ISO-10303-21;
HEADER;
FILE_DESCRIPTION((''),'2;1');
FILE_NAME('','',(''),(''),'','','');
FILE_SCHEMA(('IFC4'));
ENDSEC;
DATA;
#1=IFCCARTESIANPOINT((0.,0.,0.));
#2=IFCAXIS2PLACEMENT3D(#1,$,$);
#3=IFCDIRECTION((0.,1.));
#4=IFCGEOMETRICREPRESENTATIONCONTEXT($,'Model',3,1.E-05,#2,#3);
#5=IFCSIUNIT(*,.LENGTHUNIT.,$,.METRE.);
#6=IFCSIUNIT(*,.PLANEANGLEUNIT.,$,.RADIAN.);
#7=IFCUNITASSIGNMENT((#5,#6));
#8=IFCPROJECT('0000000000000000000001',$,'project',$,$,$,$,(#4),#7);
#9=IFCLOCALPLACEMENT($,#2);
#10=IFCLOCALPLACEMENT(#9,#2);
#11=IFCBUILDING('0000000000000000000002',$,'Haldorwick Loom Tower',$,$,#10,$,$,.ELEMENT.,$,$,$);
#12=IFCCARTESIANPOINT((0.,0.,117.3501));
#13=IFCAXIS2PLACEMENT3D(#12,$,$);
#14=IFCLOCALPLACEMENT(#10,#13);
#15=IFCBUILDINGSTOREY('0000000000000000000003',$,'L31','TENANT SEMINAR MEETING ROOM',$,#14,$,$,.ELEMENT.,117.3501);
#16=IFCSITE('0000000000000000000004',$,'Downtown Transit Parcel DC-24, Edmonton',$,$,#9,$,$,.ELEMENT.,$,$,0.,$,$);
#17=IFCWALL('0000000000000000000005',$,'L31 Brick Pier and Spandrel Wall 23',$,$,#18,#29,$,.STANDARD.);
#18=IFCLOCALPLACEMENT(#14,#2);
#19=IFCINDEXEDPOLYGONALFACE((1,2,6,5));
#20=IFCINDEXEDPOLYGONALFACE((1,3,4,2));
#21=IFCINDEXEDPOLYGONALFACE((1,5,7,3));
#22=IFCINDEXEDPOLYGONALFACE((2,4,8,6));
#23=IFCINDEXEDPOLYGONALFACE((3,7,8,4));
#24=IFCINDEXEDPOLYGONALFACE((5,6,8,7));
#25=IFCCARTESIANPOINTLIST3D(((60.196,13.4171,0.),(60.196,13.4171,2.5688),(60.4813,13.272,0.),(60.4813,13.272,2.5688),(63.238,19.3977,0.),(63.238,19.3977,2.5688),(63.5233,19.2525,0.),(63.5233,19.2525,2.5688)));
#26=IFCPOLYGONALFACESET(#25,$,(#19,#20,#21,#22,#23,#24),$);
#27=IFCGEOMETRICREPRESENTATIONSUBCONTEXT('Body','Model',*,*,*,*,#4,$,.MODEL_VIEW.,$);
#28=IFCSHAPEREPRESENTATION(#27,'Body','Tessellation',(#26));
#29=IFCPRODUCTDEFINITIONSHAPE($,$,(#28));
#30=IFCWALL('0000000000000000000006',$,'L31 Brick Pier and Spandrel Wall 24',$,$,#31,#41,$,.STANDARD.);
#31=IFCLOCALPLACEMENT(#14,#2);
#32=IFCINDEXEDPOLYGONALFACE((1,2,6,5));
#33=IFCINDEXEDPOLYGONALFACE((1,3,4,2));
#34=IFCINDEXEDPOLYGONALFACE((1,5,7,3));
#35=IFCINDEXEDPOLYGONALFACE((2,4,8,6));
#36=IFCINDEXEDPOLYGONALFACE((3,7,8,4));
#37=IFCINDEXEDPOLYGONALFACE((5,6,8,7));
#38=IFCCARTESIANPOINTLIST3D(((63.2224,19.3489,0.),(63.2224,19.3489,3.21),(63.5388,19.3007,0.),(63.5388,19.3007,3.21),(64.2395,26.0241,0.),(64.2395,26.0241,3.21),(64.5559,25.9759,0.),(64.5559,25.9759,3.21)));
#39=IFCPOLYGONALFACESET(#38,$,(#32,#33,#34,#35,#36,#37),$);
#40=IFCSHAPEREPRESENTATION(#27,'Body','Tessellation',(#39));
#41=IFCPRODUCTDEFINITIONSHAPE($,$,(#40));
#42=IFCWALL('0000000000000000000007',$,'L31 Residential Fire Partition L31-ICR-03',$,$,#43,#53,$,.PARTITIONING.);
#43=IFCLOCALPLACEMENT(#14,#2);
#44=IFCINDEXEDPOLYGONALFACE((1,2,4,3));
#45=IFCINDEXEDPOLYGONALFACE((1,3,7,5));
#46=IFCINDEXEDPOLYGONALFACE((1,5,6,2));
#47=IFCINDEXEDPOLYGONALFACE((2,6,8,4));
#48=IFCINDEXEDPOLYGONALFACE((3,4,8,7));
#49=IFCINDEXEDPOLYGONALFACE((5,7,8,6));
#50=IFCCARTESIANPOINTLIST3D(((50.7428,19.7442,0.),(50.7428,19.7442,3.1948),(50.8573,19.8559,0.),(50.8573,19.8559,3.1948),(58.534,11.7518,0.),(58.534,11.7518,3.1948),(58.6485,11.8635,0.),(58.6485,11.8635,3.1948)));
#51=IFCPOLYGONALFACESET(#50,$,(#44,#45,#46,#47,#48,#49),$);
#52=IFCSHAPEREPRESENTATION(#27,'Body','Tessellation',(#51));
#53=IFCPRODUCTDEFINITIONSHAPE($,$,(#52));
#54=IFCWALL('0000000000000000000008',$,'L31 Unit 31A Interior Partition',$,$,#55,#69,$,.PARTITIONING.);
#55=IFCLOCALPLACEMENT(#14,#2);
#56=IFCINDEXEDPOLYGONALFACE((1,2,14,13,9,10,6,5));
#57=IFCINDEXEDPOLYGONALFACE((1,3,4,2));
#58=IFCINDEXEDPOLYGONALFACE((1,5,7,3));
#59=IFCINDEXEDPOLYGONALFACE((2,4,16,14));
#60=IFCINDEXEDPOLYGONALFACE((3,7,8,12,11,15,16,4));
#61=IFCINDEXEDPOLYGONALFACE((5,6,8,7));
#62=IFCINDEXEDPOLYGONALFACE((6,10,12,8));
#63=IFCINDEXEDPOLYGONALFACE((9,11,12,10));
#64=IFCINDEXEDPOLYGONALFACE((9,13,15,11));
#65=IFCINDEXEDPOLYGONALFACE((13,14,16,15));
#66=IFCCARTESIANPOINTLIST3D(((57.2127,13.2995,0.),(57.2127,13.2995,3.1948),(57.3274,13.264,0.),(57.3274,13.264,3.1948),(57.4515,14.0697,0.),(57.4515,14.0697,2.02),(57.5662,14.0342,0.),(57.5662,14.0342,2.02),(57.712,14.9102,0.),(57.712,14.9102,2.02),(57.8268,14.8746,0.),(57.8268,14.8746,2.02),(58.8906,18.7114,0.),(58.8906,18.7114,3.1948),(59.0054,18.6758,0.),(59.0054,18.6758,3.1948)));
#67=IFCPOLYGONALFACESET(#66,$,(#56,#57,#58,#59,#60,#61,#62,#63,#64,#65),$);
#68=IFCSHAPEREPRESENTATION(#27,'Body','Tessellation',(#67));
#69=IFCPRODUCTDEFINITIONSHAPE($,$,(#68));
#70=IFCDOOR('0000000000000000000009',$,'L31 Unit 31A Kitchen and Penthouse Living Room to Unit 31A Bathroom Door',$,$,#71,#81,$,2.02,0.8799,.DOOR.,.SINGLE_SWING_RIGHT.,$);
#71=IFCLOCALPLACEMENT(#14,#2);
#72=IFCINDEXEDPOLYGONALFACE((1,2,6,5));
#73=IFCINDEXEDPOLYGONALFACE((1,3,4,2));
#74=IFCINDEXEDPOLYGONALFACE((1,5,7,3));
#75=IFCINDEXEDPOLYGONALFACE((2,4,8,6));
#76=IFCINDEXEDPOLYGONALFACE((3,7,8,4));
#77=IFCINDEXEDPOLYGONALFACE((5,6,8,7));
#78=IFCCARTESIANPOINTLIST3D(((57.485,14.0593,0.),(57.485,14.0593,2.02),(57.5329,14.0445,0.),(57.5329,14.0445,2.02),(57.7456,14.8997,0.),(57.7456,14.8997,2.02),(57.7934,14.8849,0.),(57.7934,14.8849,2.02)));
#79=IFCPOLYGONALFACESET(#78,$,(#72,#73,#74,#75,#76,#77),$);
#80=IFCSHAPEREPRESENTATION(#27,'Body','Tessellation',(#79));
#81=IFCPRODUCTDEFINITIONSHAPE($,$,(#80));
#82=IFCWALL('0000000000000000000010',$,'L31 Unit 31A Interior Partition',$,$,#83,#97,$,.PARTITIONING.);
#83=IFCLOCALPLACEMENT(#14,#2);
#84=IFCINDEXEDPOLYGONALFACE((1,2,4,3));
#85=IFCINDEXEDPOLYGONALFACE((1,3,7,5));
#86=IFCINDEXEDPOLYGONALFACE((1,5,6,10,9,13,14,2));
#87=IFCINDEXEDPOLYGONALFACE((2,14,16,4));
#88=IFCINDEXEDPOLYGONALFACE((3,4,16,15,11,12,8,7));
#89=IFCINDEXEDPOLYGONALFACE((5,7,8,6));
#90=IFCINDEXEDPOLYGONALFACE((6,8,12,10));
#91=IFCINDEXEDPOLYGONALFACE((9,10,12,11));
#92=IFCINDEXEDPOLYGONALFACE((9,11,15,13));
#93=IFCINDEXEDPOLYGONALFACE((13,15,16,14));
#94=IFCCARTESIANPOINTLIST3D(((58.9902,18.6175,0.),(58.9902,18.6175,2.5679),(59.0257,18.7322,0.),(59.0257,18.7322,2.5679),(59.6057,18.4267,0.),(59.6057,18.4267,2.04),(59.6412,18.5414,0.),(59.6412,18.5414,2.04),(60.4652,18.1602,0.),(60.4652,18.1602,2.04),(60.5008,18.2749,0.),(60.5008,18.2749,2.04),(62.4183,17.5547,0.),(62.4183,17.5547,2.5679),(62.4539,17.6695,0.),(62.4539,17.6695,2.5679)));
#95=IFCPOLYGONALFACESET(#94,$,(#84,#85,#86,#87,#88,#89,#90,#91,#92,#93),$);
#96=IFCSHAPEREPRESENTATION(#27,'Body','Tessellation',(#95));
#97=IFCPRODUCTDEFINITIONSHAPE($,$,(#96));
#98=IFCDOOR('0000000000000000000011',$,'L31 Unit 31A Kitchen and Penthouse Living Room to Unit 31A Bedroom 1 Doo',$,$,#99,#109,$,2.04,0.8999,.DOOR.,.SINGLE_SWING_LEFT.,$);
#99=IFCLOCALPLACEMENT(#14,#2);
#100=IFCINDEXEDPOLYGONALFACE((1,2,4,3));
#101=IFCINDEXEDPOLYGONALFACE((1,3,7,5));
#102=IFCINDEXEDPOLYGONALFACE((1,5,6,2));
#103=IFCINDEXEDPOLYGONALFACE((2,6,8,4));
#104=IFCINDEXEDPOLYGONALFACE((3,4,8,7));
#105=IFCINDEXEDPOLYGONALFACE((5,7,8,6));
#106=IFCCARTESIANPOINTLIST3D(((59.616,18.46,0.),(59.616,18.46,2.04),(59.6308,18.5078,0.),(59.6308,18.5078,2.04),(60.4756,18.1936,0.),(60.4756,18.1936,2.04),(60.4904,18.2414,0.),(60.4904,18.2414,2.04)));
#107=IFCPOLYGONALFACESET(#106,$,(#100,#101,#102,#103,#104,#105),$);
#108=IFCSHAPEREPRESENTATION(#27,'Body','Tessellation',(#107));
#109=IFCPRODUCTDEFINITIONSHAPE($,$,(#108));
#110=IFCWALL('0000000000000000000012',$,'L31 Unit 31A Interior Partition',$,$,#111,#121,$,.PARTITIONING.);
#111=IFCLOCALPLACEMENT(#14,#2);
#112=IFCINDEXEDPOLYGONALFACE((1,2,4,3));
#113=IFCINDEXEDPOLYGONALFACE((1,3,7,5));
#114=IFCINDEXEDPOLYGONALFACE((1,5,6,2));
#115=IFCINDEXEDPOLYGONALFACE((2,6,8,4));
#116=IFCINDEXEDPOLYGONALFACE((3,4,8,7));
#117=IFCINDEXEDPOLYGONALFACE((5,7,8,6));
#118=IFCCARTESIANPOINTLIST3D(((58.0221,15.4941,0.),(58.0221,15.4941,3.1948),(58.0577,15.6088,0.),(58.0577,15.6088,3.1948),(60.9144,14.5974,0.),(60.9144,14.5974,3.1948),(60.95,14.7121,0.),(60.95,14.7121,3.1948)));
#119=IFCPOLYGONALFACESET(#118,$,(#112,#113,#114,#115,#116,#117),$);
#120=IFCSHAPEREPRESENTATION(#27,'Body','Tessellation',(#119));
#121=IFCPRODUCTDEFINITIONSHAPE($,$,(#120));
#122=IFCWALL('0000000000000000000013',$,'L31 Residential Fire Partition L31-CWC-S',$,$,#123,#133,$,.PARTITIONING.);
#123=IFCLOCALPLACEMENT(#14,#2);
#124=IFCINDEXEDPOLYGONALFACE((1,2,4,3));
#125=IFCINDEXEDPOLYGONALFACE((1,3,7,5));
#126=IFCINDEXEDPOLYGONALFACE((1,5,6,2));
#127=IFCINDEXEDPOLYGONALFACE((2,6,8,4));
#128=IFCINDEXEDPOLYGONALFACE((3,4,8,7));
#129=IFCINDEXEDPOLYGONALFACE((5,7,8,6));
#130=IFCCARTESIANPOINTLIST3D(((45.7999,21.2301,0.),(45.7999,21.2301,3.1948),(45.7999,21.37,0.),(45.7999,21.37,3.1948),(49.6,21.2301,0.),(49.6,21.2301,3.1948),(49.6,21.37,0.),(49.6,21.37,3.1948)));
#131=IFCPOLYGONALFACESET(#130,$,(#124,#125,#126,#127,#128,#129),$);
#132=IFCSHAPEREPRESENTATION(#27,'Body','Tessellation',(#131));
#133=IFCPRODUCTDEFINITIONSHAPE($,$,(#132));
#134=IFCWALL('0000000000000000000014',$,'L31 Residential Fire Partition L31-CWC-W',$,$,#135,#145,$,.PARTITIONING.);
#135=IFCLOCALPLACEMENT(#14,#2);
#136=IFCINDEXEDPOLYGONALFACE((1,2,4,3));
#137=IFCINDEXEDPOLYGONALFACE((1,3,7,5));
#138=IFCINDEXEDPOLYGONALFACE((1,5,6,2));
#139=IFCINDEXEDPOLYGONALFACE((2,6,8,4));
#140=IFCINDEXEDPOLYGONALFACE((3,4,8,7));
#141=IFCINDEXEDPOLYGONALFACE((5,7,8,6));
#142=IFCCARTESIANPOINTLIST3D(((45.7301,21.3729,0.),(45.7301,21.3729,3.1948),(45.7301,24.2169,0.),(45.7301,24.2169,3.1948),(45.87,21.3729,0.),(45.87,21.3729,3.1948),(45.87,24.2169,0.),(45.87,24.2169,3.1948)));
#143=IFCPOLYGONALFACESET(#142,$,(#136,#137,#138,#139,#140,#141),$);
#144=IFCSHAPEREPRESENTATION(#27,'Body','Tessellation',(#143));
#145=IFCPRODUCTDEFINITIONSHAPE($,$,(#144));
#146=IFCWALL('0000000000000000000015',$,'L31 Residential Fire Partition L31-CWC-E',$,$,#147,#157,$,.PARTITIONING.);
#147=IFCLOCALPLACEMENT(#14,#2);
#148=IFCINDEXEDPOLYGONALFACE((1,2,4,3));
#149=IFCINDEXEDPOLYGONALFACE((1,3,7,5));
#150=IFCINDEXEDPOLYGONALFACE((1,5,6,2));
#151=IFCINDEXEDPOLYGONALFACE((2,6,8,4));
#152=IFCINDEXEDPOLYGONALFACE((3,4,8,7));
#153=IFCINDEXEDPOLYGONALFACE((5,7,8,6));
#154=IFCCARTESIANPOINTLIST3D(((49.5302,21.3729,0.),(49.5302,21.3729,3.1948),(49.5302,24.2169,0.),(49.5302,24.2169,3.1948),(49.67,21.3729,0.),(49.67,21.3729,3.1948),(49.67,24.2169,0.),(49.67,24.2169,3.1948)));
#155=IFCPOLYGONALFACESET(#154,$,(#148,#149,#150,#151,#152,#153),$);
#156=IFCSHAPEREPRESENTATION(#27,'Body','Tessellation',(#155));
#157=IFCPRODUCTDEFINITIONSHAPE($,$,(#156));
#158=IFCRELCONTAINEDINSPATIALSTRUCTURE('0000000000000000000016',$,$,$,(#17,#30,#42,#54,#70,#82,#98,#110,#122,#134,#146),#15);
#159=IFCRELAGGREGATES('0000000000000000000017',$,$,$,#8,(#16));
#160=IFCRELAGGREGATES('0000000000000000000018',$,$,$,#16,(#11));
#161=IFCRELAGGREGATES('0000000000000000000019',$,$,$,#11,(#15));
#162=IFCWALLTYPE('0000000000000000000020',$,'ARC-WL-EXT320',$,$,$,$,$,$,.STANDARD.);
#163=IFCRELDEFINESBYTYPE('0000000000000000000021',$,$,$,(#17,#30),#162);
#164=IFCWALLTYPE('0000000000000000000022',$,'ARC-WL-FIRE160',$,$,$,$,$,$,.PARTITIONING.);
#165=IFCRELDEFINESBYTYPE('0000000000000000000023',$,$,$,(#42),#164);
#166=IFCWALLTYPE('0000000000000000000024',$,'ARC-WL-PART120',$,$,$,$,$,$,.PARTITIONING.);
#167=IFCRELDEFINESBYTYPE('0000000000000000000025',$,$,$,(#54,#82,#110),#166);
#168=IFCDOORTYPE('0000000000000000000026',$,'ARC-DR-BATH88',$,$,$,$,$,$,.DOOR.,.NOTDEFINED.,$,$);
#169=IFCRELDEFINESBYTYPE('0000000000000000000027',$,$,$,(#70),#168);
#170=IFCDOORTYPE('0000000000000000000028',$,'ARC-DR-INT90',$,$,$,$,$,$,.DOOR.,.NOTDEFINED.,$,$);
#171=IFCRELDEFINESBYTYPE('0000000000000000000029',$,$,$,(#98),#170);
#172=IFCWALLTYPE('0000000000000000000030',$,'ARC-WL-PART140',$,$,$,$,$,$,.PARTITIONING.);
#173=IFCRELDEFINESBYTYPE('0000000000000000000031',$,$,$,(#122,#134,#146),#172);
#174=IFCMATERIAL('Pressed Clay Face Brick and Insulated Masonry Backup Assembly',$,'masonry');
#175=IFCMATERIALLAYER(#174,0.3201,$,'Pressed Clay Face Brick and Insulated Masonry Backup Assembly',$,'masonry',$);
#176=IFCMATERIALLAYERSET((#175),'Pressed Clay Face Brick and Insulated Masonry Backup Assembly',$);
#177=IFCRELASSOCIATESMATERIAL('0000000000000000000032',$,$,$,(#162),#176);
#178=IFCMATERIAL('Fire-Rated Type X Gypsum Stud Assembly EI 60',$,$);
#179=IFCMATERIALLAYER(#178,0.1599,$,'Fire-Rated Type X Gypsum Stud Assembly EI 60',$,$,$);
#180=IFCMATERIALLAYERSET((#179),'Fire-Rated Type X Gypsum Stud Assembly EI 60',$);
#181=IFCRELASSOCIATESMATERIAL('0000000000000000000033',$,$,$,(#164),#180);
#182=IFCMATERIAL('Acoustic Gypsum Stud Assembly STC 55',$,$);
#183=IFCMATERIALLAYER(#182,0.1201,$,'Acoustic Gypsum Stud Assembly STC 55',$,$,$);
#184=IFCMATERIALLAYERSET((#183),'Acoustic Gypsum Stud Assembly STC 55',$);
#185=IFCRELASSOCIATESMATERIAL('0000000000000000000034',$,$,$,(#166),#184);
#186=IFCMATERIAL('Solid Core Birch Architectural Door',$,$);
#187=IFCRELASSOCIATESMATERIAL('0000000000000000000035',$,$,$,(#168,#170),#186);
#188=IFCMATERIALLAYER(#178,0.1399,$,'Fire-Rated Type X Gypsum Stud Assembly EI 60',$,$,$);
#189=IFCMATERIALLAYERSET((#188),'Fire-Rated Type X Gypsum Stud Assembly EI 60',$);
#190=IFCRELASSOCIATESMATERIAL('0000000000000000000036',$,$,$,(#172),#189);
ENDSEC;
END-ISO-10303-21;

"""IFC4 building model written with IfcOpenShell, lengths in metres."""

from ifc_helpers import new_model, si_unit, direction, frame, frame_2d, origin, place, context, subcontext, project, spatial, rectangle, extrude, material, layer, layer_set, type_object, element, fill, save


model = new_model("IFC4")

# Units and contexts
model_context = context("Model", 3, precision=1e-05, world=origin(), true_north=direction((0.0, 1.0)))
body_context = subcontext(model_context, "Body", "Model", "MODEL_VIEW")
ifc_project = project(units=[si_unit("LENGTHUNIT", "METRE"), si_unit("PLANEANGLEUNIT", "RADIAN")], contexts=[model_context])

# Site, building, storey
site_placement = place(None, origin())
site = spatial("IfcSite", under=ifc_project, at=site_placement, Name="Downtown Transit Parcel DC-24, Edmonton", CompositionType="ELEMENT", RefElevation=0.0)
building_placement = place(site_placement, origin())
building = spatial("IfcBuilding", under=site, at=building_placement, Name="Haldorwick Loom Tower", CompositionType="ELEMENT")
storey_placement = place(building_placement, frame((0.0, 0.0, 117.3501)))
storey = spatial("IfcBuildingStorey", under=building, at=storey_placement, Name="L31", Description="TENANT SEMINAR MEETING ROOM", CompositionType="ELEMENT", Elevation=117.3501)

# Shared definitions
ifc_material_1 = material(Name="Pressed Clay Face Brick and Insulated Masonry Backup Assembly", Category="masonry")
ifc_layer_1 = layer(ifc_material_1, 0.3201, Name="Pressed Clay Face Brick and Insulated Masonry Backup Assembly", Category="masonry")
ifc_layer_set_1 = layer_set([ifc_layer_1], Name="Pressed Clay Face Brick and Insulated Masonry Backup Assembly")
wall_type_1 = type_object("IfcWallType", Name="ARC-WL-EXT320", PredefinedType="STANDARD", material=ifc_layer_set_1)

# Walls
wall_1_placement = place(storey_placement, frame((60.3386, 13.3445, 0.0), z_axis=(0.0, 0.0, 1.0), x_axis=(0.453374, 0.89132, 0.0)))
element("IfcWall", 1, at=wall_1_placement, inside=storey, type_object=wall_type_1, Name="L31 Brick Pier and Spandrel Wall 23", PredefinedType="STANDARD", context=body_context, shape_type="SweptSolid", body=[
    extrude(rectangle(XDim=6.7097, YDim=0.3201, at=frame_2d((3.355, 0.0))), origin(), (0.0, 0.0, 1.0), 2.5688),
])
wall_2_placement = place(storey_placement, frame((63.3806, 19.325, 0.0), z_axis=(0.0, 0.0, 1.0), x_axis=(0.150633, 0.98859, 0.0)))
element("IfcWall", 2, at=wall_2_placement, inside=storey, type_object=wall_type_1, Name="L31 Brick Pier and Spandrel Wall 24", PredefinedType="STANDARD", context=body_context, shape_type="SweptSolid", body=[
    extrude(rectangle(XDim=6.7522, YDim=0.3201, at=frame_2d((3.376, 0.0))), origin(), (0.0, 0.0, 1.0), 3.21),
])
ifc_material_2 = material(Name="Fire-Rated Type X Gypsum Stud Assembly EI 60")
ifc_layer_2 = layer(ifc_material_2, 0.1599, Name="Fire-Rated Type X Gypsum Stud Assembly EI 60")
ifc_layer_set_2 = layer_set([ifc_layer_2], Name="Fire-Rated Type X Gypsum Stud Assembly EI 60")
wall_type_2 = type_object("IfcWallType", Name="ARC-WL-FIRE160", PredefinedType="PARTITIONING", material=ifc_layer_set_2)
wall_3_placement = place(storey_placement, frame((50.8, 19.8, 0.0), z_axis=(0.0, 0.0, 1.0), x_axis=(0.698038, -0.716061, 0.0)))
element("IfcWall", 3, at=wall_3_placement, inside=storey, type_object=wall_type_2, Name="L31 Residential Fire Partition L31-ICR-03", PredefinedType="PARTITIONING", context=body_context, shape_type="SweptSolid", body=[
    extrude(rectangle(XDim=11.1616, YDim=0.1599, at=frame_2d((5.5808, 0.0))), origin(), (0.0, 0.0, 1.0), 3.1948),
])

# Walls, openings, doors
ifc_material_3 = material(Name="Acoustic Gypsum Stud Assembly STC 55")
ifc_layer_3 = layer(ifc_material_3, 0.1201, Name="Acoustic Gypsum Stud Assembly STC 55")
ifc_layer_set_3 = layer_set([ifc_layer_3], Name="Acoustic Gypsum Stud Assembly STC 55")
wall_type_3 = type_object("IfcWallType", Name="ARC-WL-PART120", PredefinedType="PARTITIONING", material=ifc_layer_set_3)
wall_4_placement = place(storey_placement, frame((57.27, 13.2817, 0.0), z_axis=(0.0, 0.0, 1.0), x_axis=(0.296147, 0.955142, 0.0)))
wall_4 = element("IfcWall", 4, at=wall_4_placement, inside=storey, type_object=wall_type_3, Name="L31 Unit 31A Interior Partition", PredefinedType="PARTITIONING", context=body_context, shape_type="SweptSolid", body=[
    extrude(rectangle(XDim=5.666, YDim=0.1201, at=frame_2d((2.833, 0.0))), origin(), (0.0, 0.0, 1.0), 3.1948),
])
opening_1_placement = place(wall_4_placement, frame((0.8064, 0.0, 0.0)))
opening_1 = element("IfcOpeningElement", 5, at=opening_1_placement, cuts=wall_4, PredefinedType="OPENING", context=body_context, shape_type="SweptSolid", body=[
    extrude(rectangle(XDim=0.8799, YDim=2.02, at=frame_2d((0.4399, 1.01))), frame((0.0, 0.0701, 0.0), z_axis=(0.0, -1.0, 0.0), x_axis=(1.0, 0.0, 0.0)), (0.0, 0.0, 1.0), 0.1401),
])
ifc_material_4 = material(Name="Solid Core Birch Architectural Door")
door_type_1 = type_object("IfcDoorType", Name="ARC-DR-BATH88", OperationType="NOTDEFINED", PredefinedType="DOOR", material=ifc_material_4)
door_1_placement = place(opening_1_placement, origin())
door_1 = element("IfcDoor", 6, at=door_1_placement, inside=storey, type_object=door_type_1, Name="L31 Unit 31A Kitchen and Penthouse Living Room to Unit 31A Bathroom Door", OperationType="SINGLE_SWING_RIGHT", OverallHeight=2.02, OverallWidth=0.8799, PredefinedType="DOOR", context=body_context, shape_type="SweptSolid", body=[
    extrude(rectangle(XDim=0.8799, YDim=2.02, at=frame_2d((0.4399, 1.01))), frame((0.0, 0.0249, 0.0), z_axis=(0.0, -1.0, 0.0), x_axis=(1.0, 0.0, 0.0)), (0.0, 0.0, 1.0), 0.05),
])
fill(opening_1, door_1)
wall_5_placement = place(storey_placement, frame((59.0081, 18.6748, 0.0), z_axis=(0.0, 0.0, 1.0), x_axis=(0.955158, -0.296098, 0.0)))
wall_5 = element("IfcWall", 7, at=wall_5_placement, inside=storey, type_object=wall_type_3, Name="L31 Unit 31A Interior Partition", PredefinedType="PARTITIONING", context=body_context, shape_type="SweptSolid", body=[
    extrude(rectangle(XDim=3.5891, YDim=0.1201, at=frame_2d((1.7944, 0.0))), origin(), (0.0, 0.0, 1.0), 2.5679),
])
opening_2_placement = place(wall_5_placement, frame((0.6443, 0.0, 0.0)))
opening_2 = element("IfcOpeningElement", 8, at=opening_2_placement, cuts=wall_5, PredefinedType="OPENING", context=body_context, shape_type="SweptSolid", body=[
    extrude(rectangle(XDim=0.8999, YDim=2.04, at=frame_2d((0.45, 1.02))), frame((0.0, 0.0701, 0.0), z_axis=(0.0, -1.0, 0.0), x_axis=(1.0, 0.0, 0.0)), (0.0, 0.0, 1.0), 0.1401),
])
door_type_2 = type_object("IfcDoorType", Name="ARC-DR-INT90", OperationType="NOTDEFINED", PredefinedType="DOOR", material=ifc_material_4)
door_2_placement = place(opening_2_placement, origin())
door_2 = element("IfcDoor", 9, at=door_2_placement, inside=storey, type_object=door_type_2, Name="L31 Unit 31A Kitchen and Penthouse Living Room to Unit 31A Bedroom 1 Doo", OperationType="SINGLE_SWING_LEFT", OverallHeight=2.04, OverallWidth=0.8999, PredefinedType="DOOR", context=body_context, shape_type="SweptSolid", body=[
    extrude(rectangle(XDim=0.8999, YDim=2.04, at=frame_2d((0.45, 1.02))), frame((0.0, 0.0249, 0.0), z_axis=(0.0, -1.0, 0.0), x_axis=(1.0, 0.0, 0.0)), (0.0, 0.0, 1.0), 0.05),
])
fill(opening_2, door_2)

# Walls
wall_6_placement = place(storey_placement, frame((58.0398, 15.5515, 0.0), z_axis=(0.0, 0.0, 1.0), x_axis=(0.955148, -0.29613, 0.0)))
element("IfcWall", 10, at=wall_6_placement, inside=storey, type_object=wall_type_3, Name="L31 Unit 31A Interior Partition", PredefinedType="PARTITIONING", context=body_context, shape_type="SweptSolid", body=[
    extrude(rectangle(XDim=3.0281, YDim=0.1201, at=frame_2d((1.5142, 0.0))), origin(), (0.0, 0.0, 1.0), 3.1948),
])
ifc_layer_4 = layer(ifc_material_2, 0.1399, Name="Fire-Rated Type X Gypsum Stud Assembly EI 60")
ifc_layer_set_4 = layer_set([ifc_layer_4], Name="Fire-Rated Type X Gypsum Stud Assembly EI 60")
wall_type_4 = type_object("IfcWallType", Name="ARC-WL-PART140", PredefinedType="PARTITIONING", material=ifc_layer_set_4)
wall_7_placement = place(storey_placement, frame((45.8, 21.3, 0.0), z_axis=(0.0, 0.0, 1.0), x_axis=(1.0, 0.0, 0.0)))
element("IfcWall", 11, at=wall_7_placement, inside=storey, type_object=wall_type_4, Name="L31 Residential Fire Partition L31-CWC-S", PredefinedType="PARTITIONING", context=body_context, shape_type="SweptSolid", body=[
    extrude(rectangle(XDim=3.8, YDim=0.1399, at=frame_2d((1.8999, 0.0))), origin(), (0.0, 0.0, 1.0), 3.1948),
])
for number, where, z_axis, x_axis, name in (
    (12, (45.8, 21.373, 0.0), (0.0, 0.0, 1.0), (0.0, 1.0, 0.0), "L31 Residential Fire Partition L31-CWC-W"),
    (13, (49.6001, 21.373, 0.0), (0.0, 0.0, 1.0), (0.0, 1.0, 0.0), "L31 Residential Fire Partition L31-CWC-E"),
):
    element("IfcWall", number, at=place(storey_placement, frame(where, z_axis=z_axis, x_axis=x_axis)), inside=storey, type_object=wall_type_4, Name=name, PredefinedType="PARTITIONING", context=body_context, shape_type="SweptSolid", body=[
        extrude(rectangle(XDim=2.844, YDim=0.1399, at=frame_2d((1.4219, 0.0))), origin(), (0.0, 0.0, 1.0), 3.1948),
    ])

save(model, "model.ifc")
